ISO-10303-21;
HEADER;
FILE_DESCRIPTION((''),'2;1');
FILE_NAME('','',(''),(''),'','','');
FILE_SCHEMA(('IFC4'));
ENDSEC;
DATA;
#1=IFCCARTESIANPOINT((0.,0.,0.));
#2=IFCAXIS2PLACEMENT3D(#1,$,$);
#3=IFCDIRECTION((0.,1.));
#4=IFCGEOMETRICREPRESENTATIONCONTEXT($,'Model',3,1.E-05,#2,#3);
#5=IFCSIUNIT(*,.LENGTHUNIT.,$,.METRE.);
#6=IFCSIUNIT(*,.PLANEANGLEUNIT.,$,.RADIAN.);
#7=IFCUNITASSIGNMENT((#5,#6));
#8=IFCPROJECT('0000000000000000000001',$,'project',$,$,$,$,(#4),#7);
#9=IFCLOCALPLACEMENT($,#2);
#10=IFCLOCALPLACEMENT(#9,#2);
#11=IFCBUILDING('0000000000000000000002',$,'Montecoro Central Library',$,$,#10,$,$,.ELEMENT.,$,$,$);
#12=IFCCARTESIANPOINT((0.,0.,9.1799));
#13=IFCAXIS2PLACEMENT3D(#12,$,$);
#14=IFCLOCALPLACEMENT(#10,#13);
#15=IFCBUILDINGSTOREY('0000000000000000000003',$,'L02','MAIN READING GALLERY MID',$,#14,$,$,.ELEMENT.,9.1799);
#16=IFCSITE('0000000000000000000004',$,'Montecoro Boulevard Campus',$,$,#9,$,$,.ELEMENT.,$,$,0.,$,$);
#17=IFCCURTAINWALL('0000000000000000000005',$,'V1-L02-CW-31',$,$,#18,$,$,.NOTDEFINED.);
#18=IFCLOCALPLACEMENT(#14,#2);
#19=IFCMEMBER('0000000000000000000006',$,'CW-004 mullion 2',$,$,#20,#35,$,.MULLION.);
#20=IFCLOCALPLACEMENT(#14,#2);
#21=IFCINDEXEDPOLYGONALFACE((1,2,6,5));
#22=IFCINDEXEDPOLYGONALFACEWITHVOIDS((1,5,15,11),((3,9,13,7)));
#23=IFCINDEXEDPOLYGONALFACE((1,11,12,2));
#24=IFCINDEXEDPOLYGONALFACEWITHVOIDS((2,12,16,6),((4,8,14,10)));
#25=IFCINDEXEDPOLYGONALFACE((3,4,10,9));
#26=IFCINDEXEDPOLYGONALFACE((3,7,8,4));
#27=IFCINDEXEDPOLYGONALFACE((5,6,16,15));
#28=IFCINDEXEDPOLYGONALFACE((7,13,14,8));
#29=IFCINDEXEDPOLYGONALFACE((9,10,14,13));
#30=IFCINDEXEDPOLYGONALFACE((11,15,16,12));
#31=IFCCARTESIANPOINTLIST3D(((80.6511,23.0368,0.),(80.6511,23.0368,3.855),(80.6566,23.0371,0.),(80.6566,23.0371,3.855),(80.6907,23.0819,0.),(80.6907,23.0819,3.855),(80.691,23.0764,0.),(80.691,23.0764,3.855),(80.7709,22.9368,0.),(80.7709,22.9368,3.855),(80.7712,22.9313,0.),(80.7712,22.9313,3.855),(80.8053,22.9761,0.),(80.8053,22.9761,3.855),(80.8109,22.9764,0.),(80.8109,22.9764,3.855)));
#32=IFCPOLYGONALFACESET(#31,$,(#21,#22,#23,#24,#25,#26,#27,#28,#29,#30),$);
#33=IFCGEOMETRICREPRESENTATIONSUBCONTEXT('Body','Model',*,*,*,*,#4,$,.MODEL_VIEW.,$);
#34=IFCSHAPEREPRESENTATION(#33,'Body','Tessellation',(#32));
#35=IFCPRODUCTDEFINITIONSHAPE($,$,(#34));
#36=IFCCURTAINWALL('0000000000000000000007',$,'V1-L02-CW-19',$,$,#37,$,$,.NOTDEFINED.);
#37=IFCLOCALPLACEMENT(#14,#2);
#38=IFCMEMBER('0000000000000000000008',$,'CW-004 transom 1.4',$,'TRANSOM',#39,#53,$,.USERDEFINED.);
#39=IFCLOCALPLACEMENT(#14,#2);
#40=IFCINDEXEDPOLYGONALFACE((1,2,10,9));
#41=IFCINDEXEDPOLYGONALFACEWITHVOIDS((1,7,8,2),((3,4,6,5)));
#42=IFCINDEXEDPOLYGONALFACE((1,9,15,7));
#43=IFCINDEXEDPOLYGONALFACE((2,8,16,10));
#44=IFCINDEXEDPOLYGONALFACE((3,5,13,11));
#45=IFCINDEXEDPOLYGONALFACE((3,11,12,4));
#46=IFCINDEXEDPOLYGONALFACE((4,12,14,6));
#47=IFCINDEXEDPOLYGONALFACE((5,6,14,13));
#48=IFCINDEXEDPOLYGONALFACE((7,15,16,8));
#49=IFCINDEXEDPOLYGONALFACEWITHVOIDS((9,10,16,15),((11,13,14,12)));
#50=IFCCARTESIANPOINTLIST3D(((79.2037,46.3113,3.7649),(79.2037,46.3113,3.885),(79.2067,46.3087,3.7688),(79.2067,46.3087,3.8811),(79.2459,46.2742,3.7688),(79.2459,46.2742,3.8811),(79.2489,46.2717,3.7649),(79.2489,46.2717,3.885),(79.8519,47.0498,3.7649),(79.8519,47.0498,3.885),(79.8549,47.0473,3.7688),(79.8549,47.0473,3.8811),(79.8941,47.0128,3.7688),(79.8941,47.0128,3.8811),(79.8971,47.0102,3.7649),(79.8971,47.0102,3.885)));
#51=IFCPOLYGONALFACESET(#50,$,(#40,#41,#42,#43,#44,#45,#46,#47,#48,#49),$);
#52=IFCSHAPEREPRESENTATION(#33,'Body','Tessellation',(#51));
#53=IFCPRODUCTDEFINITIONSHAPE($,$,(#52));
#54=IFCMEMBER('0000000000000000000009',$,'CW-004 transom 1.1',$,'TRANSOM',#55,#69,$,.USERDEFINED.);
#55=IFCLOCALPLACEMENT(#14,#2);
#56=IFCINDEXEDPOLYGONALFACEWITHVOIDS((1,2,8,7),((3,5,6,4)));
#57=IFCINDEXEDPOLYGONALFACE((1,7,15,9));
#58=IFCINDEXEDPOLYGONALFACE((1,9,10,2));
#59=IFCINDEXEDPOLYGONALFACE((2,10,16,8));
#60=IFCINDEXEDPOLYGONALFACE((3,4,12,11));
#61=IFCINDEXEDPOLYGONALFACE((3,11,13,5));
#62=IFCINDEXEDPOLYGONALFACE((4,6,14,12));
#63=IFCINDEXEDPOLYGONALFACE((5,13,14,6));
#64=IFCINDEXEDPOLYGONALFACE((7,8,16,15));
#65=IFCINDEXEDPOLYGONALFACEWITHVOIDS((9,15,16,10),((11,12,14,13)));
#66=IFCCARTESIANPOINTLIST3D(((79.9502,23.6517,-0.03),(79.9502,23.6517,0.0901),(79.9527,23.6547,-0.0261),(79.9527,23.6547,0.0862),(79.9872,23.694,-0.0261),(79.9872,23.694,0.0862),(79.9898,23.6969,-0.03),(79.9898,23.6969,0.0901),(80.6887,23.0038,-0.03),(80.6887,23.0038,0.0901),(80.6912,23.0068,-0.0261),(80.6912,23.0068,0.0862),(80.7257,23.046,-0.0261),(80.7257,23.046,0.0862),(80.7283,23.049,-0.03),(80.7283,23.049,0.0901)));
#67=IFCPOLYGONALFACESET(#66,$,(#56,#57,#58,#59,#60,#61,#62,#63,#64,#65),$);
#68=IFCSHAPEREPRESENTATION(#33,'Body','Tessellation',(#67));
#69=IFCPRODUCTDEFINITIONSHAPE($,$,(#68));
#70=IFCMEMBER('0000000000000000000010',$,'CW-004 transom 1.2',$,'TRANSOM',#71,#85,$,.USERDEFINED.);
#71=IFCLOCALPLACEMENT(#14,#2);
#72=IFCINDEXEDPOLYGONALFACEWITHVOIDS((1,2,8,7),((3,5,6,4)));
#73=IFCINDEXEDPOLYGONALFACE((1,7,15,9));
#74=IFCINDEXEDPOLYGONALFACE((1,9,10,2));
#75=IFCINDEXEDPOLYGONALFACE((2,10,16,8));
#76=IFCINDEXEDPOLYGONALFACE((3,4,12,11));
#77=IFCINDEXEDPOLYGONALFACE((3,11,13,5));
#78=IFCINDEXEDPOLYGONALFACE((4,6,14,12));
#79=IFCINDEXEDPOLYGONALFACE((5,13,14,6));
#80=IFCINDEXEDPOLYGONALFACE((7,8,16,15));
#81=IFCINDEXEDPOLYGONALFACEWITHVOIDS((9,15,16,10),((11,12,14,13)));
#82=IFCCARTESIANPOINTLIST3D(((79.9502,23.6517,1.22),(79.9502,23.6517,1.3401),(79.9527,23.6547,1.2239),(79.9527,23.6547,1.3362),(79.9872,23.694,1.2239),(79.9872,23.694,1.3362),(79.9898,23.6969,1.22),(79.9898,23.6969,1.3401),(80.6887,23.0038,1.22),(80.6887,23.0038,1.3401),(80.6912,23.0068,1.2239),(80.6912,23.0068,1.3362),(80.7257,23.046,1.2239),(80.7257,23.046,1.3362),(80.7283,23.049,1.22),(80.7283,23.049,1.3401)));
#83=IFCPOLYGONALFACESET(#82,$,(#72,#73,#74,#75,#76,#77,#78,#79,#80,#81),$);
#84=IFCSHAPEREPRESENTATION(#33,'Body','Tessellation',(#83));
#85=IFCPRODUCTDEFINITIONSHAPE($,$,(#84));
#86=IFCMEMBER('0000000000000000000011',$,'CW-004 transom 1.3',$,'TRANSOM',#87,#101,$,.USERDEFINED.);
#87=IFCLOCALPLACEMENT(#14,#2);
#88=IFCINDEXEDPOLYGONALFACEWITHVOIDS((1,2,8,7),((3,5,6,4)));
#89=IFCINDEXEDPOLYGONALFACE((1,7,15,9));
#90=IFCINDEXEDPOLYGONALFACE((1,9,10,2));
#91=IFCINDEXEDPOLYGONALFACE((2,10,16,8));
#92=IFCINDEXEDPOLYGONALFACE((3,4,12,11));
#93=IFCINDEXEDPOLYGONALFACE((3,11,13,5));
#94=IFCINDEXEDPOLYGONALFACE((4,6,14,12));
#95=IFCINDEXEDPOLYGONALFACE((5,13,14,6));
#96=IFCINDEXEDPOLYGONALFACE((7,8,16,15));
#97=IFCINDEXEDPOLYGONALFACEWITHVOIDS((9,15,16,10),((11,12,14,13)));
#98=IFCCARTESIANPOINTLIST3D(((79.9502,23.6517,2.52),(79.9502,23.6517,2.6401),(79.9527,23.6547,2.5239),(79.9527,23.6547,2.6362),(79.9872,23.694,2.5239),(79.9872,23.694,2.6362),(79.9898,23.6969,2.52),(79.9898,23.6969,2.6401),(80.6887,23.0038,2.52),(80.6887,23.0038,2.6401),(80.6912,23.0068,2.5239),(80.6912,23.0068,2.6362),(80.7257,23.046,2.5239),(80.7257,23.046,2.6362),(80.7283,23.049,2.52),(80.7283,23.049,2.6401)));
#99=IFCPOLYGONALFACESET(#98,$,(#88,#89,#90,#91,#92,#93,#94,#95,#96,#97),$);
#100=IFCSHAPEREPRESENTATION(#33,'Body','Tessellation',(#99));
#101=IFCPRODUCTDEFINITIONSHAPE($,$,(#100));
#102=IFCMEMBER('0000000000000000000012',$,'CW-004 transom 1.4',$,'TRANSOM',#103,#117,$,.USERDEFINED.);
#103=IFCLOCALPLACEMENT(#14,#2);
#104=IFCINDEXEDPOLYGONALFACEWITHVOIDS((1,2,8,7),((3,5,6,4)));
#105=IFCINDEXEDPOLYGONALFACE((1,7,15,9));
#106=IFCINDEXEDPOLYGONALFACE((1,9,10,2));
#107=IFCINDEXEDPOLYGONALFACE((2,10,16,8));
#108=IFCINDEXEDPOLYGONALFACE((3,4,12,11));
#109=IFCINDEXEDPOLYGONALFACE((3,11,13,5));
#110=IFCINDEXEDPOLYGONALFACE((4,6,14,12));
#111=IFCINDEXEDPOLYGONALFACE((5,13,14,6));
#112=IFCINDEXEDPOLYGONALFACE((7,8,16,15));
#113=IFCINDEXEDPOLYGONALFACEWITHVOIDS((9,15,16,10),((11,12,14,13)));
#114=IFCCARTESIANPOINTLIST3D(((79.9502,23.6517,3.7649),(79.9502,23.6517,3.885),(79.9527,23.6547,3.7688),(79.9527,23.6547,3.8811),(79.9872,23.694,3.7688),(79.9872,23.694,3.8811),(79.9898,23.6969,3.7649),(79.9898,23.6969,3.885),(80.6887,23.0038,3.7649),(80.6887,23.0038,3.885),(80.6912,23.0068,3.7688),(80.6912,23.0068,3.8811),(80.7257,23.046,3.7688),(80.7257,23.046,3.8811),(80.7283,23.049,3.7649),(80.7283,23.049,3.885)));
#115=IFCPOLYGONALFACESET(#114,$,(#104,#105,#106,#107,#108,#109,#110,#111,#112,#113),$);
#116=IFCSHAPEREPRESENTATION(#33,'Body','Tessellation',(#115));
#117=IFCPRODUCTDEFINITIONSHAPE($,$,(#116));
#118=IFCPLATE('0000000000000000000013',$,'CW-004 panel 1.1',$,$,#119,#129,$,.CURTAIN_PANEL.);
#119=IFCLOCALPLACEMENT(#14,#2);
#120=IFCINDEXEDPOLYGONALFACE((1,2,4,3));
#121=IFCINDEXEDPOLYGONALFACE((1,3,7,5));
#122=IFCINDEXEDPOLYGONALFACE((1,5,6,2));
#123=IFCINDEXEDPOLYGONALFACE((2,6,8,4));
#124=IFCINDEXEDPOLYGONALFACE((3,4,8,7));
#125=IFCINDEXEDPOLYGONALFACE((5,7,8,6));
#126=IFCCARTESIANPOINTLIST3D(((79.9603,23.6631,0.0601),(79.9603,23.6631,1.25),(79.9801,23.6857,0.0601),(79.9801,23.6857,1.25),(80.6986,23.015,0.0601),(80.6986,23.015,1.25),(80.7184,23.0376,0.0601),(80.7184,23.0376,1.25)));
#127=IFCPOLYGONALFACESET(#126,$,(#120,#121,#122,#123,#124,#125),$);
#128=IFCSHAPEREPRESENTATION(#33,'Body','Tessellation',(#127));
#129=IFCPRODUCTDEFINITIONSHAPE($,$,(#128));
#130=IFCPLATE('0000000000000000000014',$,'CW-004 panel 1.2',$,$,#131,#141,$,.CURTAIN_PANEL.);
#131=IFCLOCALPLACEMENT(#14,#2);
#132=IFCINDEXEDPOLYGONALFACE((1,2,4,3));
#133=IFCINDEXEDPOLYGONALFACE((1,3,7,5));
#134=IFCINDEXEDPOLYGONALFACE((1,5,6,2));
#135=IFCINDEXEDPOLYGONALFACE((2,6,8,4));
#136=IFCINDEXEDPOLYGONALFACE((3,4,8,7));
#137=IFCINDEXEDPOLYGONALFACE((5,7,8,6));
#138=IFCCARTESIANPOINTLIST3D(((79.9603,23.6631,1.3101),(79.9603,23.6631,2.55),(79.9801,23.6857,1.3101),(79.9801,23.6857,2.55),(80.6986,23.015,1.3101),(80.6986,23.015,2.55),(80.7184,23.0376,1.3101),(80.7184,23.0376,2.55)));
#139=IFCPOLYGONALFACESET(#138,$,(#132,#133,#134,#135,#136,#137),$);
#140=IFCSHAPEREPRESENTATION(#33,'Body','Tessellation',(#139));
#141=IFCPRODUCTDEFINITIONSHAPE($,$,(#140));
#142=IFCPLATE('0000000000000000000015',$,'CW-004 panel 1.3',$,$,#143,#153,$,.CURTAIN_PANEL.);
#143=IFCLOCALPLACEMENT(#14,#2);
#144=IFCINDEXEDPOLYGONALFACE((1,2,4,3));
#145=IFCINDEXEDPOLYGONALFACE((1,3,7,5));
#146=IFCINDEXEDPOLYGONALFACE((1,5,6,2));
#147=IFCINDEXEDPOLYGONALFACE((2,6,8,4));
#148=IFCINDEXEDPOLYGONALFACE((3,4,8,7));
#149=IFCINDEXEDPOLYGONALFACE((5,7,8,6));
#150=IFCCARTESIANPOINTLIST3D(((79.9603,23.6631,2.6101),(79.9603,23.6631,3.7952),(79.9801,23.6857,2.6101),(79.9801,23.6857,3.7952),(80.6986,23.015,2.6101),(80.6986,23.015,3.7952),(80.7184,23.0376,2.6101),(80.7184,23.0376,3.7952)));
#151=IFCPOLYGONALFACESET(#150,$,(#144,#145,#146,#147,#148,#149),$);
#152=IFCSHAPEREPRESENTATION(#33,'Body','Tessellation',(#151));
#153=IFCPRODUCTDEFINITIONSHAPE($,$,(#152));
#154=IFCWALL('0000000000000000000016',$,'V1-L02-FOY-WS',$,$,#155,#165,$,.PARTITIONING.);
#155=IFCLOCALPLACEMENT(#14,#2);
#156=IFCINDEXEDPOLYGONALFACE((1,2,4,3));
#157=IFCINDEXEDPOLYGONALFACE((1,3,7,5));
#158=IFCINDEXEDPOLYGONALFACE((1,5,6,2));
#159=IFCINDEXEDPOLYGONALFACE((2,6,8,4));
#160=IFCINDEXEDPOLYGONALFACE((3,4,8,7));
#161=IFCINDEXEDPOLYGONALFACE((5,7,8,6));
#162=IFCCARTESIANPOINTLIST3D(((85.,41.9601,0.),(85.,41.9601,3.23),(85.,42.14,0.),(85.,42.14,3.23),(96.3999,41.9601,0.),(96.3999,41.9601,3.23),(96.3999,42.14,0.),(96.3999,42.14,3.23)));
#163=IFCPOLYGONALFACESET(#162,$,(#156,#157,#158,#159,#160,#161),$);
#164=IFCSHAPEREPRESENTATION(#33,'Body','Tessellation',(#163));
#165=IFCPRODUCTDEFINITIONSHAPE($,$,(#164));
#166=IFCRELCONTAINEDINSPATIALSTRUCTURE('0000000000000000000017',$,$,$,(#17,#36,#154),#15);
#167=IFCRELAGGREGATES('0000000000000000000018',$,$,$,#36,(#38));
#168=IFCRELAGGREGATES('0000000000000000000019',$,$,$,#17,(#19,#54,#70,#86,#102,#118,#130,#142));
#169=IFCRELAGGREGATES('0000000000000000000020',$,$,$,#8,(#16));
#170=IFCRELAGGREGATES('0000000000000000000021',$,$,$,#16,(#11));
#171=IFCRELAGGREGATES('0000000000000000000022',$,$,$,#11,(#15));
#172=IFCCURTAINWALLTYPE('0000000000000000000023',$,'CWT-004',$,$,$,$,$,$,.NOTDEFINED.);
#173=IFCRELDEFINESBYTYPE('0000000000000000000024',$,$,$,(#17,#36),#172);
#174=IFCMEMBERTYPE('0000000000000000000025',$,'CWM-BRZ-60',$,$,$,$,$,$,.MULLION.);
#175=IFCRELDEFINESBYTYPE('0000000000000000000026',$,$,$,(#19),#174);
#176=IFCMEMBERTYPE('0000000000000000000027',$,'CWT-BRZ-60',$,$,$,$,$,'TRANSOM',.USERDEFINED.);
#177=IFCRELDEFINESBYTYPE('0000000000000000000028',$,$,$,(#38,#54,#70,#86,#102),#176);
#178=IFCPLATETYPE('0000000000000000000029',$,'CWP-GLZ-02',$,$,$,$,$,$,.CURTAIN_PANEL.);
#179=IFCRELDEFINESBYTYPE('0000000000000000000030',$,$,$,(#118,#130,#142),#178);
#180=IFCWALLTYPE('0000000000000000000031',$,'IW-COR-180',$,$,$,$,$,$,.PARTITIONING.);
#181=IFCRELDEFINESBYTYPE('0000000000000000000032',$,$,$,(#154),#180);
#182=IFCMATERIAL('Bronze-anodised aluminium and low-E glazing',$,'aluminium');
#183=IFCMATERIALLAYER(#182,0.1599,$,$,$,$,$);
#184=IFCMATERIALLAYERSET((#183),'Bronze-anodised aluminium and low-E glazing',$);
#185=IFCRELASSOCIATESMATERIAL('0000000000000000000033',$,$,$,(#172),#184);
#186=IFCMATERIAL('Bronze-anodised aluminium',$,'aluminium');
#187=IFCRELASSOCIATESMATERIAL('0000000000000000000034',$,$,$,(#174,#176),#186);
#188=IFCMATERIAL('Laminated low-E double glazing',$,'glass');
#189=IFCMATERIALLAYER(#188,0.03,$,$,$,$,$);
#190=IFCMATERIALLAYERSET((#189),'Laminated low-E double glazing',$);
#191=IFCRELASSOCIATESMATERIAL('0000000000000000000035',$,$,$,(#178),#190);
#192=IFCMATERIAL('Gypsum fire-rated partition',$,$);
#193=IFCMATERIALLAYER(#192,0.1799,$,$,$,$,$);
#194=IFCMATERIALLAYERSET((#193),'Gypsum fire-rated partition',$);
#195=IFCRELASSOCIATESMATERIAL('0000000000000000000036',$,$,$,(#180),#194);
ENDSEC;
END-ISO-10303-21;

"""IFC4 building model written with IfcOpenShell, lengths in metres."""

from ifc_helpers import new_model, si_unit, direction, frame, frame_2d, origin, origin_2d, place, context, subcontext, project, spatial, rectangle, hollow_rectangle, extrude, material, layer, layer_set, material_profile, profile_set, type_object, element, aggregate, save


model = new_model("IFC4")

# Units and contexts
model_context = context("Model", 3, precision=1e-05, world=origin(), true_north=direction((0.0, 1.0)))
body_context = subcontext(model_context, "Body", "Model", "MODEL_VIEW")
ifc_project = project(units=[si_unit("LENGTHUNIT", "METRE"), si_unit("PLANEANGLEUNIT", "RADIAN")], contexts=[model_context])

# Site, building, storey
site_placement = place(None, origin())
site = spatial("IfcSite", under=ifc_project, at=site_placement, Name="Montecoro Boulevard Campus", CompositionType="ELEMENT", RefElevation=0.0)
building_placement = place(site_placement, origin())
building = spatial("IfcBuilding", under=site, at=building_placement, Name="Montecoro Central Library", CompositionType="ELEMENT")
storey_placement = place(building_placement, frame((0.0, 0.0, 9.1799)))
storey = spatial("IfcBuildingStorey", under=building, at=storey_placement, Name="L02", Description="MAIN READING GALLERY MID", CompositionType="ELEMENT", Elevation=9.1799)

# Curtain wall, member
ifc_material_1 = material(Name="Bronze-anodised aluminium and low-E glazing", Category="aluminium")
ifc_layer_1 = layer(ifc_material_1, 0.1599)
ifc_layer_set_1 = layer_set([ifc_layer_1], Name="Bronze-anodised aluminium and low-E glazing")
curtain_wall_type = type_object("IfcCurtainWallType", Name="CWT-004", PredefinedType="NOTDEFINED", material=ifc_layer_set_1)
curtain_wall_1_placement = place(storey_placement, origin())
curtain_wall_1 = element("IfcCurtainWall", 1, at=curtain_wall_1_placement, inside=storey, type_object=curtain_wall_type, Name="V1-L02-CW-31", PredefinedType="NOTDEFINED")
ifc_material_2 = material(Name="Bronze-anodised aluminium", Category="aluminium")
ifc_material_profile_1 = material_profile(ifc_material_2, hollow_rectangle(XDim=0.0601, YDim=0.1599, WallThickness=0.0039, at=origin_2d()), Name="CWM 160x60x4.0")
ifc_profile_set_1 = profile_set([ifc_material_profile_1], Name="Bronze-anodised aluminium")
member_type_1 = type_object("IfcMemberType", Name="CWM-BRZ-60", PredefinedType="MULLION", material=ifc_profile_set_1)
member_1_placement = place(storey_placement, frame((80.731, 23.0066, 0.0), z_axis=(0.0, 0.0, 1.0), x_axis=(0.659692, 0.751536, 0.0)))
member_1 = element("IfcMember", 2, at=member_1_placement, type_object=member_type_1, Name="CW-004 mullion 2", PredefinedType="MULLION", context=body_context, shape_type="SweptSolid", body=[
    extrude(hollow_rectangle(XDim=0.0601, YDim=0.1599, WallThickness=0.0039, at=origin_2d()), origin(), (0.0, 0.0, 1.0), 3.855),
])

# Curtain wall, member
curtain_wall_2_placement = place(storey_placement, origin())
curtain_wall_2 = element("IfcCurtainWall", 3, at=curtain_wall_2_placement, inside=storey, type_object=curtain_wall_type, Name="V1-L02-CW-19", PredefinedType="NOTDEFINED")
ifc_material_profile_2 = material_profile(ifc_material_2, hollow_rectangle(XDim=0.0601, YDim=0.1201, WallThickness=0.0039, at=origin_2d()), Name="CWT 120x60x4.0")
ifc_profile_set_2 = profile_set([ifc_material_profile_2], Name="Bronze-anodised aluminium")
member_type_2 = type_object("IfcMemberType", Name="CWT-BRZ-60", ElementType="TRANSOM", PredefinedType="USERDEFINED", material=ifc_profile_set_2)
member_2_placement = place(storey_placement, frame((79.8745, 47.03, 3.825), z_axis=(-0.659647, -0.751575, 0.0), x_axis=(0.751575, -0.659647, 0.0)))
member_2 = element("IfcMember", 4, at=member_2_placement, type_object=member_type_2, Name="CW-004 transom 1.4", ObjectType="TRANSOM", PredefinedType="USERDEFINED", context=body_context, shape_type="SweptSolid", body=[
    extrude(hollow_rectangle(XDim=0.0601, YDim=0.1201, WallThickness=0.0039, at=origin_2d()), origin(), (0.0, 0.0, 1.0), 0.9827),
])
aggregate(curtain_wall_2, [member_2])

# Members
member_3_placement = place(storey_placement, frame((79.97, 23.6743, 0.03), z_axis=(0.751699, -0.659507, 0.0), x_axis=(0.659507, 0.751699, 0.0)))
member_3 = element("IfcMember", 5, at=member_3_placement, type_object=member_type_2, Name="CW-004 transom 1.1", ObjectType="TRANSOM", PredefinedType="USERDEFINED", context=body_context, shape_type="SweptSolid", body=[
    extrude(hollow_rectangle(XDim=0.0601, YDim=0.1201, WallThickness=0.0039, at=origin_2d()), origin(), (0.0, 0.0, 1.0), 0.9824),
])
member_4_placement = place(storey_placement, frame((79.97, 23.6743, 1.28), z_axis=(0.751699, -0.659507, 0.0), x_axis=(0.659507, 0.751699, 0.0)))
member_4 = element("IfcMember", 6, at=member_4_placement, type_object=member_type_2, Name="CW-004 transom 1.2", ObjectType="TRANSOM", PredefinedType="USERDEFINED", context=body_context, shape_type="SweptSolid", body=[
    extrude(hollow_rectangle(XDim=0.0601, YDim=0.1201, WallThickness=0.0039, at=origin_2d()), origin(), (0.0, 0.0, 1.0), 0.9824),
])
member_5_placement = place(storey_placement, frame((79.97, 23.6743, 2.5801), z_axis=(0.751699, -0.659507, 0.0), x_axis=(0.659507, 0.751699, 0.0)))
member_5 = element("IfcMember", 7, at=member_5_placement, type_object=member_type_2, Name="CW-004 transom 1.3", ObjectType="TRANSOM", PredefinedType="USERDEFINED", context=body_context, shape_type="SweptSolid", body=[
    extrude(hollow_rectangle(XDim=0.0601, YDim=0.1201, WallThickness=0.0039, at=origin_2d()), origin(), (0.0, 0.0, 1.0), 0.9824),
])
member_6_placement = place(storey_placement, frame((79.97, 23.6743, 3.825), z_axis=(0.751699, -0.659507, 0.0), x_axis=(0.659507, 0.751699, 0.0)))
member_6 = element("IfcMember", 8, at=member_6_placement, type_object=member_type_2, Name="CW-004 transom 1.4", ObjectType="TRANSOM", PredefinedType="USERDEFINED", context=body_context, shape_type="SweptSolid", body=[
    extrude(hollow_rectangle(XDim=0.0601, YDim=0.1201, WallThickness=0.0039, at=origin_2d()), origin(), (0.0, 0.0, 1.0), 0.9824),
])

# Plates
ifc_material_3 = material(Name="Laminated low-E double glazing", Category="glass")
ifc_layer_2 = layer(ifc_material_3, 0.03)
ifc_layer_set_2 = layer_set([ifc_layer_2], Name="Laminated low-E double glazing")
plate_type = type_object("IfcPlateType", Name="CWP-GLZ-02", PredefinedType="CURTAIN_PANEL", material=ifc_layer_set_2)
plate_1_placement = place(storey_placement, frame((80.3394, 23.3503, 0.0601), z_axis=(0.0, 0.0, 1.0), x_axis=(0.751536, -0.659692, 0.0)))
plate_1 = element("IfcPlate", 9, at=plate_1_placement, type_object=plate_type, Name="CW-004 panel 1.1", PredefinedType="CURTAIN_PANEL", context=body_context, shape_type="SweptSolid", body=[
    extrude(rectangle(XDim=0.9824, YDim=0.03, at=origin_2d()), origin(), (0.0, 0.0, 1.0), 1.1899),
])
plate_2_placement = place(storey_placement, frame((80.3394, 23.3503, 1.3101), z_axis=(0.0, 0.0, 1.0), x_axis=(0.751536, -0.659692, 0.0)))
plate_2 = element("IfcPlate", 10, at=plate_2_placement, type_object=plate_type, Name="CW-004 panel 1.2", PredefinedType="CURTAIN_PANEL", context=body_context, shape_type="SweptSolid", body=[
    extrude(rectangle(XDim=0.9824, YDim=0.03, at=origin_2d()), origin(), (0.0, 0.0, 1.0), 1.24),
])
plate_3_placement = place(storey_placement, frame((80.3394, 23.3503, 2.6101), z_axis=(0.0, 0.0, 1.0), x_axis=(0.751536, -0.659692, 0.0)))
plate_3 = element("IfcPlate", 11, at=plate_3_placement, type_object=plate_type, Name="CW-004 panel 1.3", PredefinedType="CURTAIN_PANEL", context=body_context, shape_type="SweptSolid", body=[
    extrude(rectangle(XDim=0.9824, YDim=0.03, at=origin_2d()), origin(), (0.0, 0.0, 1.0), 1.1851),
])
aggregate(curtain_wall_1, [member_1, member_3, member_4, member_5, member_6, plate_1, plate_2, plate_3])

# Wall
ifc_material_4 = material(Name="Gypsum fire-rated partition")
ifc_layer_3 = layer(ifc_material_4, 0.1799)
ifc_layer_set_3 = layer_set([ifc_layer_3], Name="Gypsum fire-rated partition")
wall_type_1 = type_object("IfcWallType", Name="IW-COR-180", PredefinedType="PARTITIONING", material=ifc_layer_set_3)
wall_1_placement = place(storey_placement, frame((85.0, 42.05, 0.0), z_axis=(0.0, 0.0, 1.0), x_axis=(1.0, 0.0, 0.0)))
element("IfcWall", 12, at=wall_1_placement, inside=storey, type_object=wall_type_1, Name="V1-L02-FOY-WS", PredefinedType="PARTITIONING", context=body_context, shape_type="SweptSolid", body=[
    extrude(rectangle(XDim=11.3999, YDim=0.1799, at=frame_2d((5.7, 0.0))), origin(), (0.0, 0.0, 1.0), 3.23),
])

save(model, "model.ifc")
